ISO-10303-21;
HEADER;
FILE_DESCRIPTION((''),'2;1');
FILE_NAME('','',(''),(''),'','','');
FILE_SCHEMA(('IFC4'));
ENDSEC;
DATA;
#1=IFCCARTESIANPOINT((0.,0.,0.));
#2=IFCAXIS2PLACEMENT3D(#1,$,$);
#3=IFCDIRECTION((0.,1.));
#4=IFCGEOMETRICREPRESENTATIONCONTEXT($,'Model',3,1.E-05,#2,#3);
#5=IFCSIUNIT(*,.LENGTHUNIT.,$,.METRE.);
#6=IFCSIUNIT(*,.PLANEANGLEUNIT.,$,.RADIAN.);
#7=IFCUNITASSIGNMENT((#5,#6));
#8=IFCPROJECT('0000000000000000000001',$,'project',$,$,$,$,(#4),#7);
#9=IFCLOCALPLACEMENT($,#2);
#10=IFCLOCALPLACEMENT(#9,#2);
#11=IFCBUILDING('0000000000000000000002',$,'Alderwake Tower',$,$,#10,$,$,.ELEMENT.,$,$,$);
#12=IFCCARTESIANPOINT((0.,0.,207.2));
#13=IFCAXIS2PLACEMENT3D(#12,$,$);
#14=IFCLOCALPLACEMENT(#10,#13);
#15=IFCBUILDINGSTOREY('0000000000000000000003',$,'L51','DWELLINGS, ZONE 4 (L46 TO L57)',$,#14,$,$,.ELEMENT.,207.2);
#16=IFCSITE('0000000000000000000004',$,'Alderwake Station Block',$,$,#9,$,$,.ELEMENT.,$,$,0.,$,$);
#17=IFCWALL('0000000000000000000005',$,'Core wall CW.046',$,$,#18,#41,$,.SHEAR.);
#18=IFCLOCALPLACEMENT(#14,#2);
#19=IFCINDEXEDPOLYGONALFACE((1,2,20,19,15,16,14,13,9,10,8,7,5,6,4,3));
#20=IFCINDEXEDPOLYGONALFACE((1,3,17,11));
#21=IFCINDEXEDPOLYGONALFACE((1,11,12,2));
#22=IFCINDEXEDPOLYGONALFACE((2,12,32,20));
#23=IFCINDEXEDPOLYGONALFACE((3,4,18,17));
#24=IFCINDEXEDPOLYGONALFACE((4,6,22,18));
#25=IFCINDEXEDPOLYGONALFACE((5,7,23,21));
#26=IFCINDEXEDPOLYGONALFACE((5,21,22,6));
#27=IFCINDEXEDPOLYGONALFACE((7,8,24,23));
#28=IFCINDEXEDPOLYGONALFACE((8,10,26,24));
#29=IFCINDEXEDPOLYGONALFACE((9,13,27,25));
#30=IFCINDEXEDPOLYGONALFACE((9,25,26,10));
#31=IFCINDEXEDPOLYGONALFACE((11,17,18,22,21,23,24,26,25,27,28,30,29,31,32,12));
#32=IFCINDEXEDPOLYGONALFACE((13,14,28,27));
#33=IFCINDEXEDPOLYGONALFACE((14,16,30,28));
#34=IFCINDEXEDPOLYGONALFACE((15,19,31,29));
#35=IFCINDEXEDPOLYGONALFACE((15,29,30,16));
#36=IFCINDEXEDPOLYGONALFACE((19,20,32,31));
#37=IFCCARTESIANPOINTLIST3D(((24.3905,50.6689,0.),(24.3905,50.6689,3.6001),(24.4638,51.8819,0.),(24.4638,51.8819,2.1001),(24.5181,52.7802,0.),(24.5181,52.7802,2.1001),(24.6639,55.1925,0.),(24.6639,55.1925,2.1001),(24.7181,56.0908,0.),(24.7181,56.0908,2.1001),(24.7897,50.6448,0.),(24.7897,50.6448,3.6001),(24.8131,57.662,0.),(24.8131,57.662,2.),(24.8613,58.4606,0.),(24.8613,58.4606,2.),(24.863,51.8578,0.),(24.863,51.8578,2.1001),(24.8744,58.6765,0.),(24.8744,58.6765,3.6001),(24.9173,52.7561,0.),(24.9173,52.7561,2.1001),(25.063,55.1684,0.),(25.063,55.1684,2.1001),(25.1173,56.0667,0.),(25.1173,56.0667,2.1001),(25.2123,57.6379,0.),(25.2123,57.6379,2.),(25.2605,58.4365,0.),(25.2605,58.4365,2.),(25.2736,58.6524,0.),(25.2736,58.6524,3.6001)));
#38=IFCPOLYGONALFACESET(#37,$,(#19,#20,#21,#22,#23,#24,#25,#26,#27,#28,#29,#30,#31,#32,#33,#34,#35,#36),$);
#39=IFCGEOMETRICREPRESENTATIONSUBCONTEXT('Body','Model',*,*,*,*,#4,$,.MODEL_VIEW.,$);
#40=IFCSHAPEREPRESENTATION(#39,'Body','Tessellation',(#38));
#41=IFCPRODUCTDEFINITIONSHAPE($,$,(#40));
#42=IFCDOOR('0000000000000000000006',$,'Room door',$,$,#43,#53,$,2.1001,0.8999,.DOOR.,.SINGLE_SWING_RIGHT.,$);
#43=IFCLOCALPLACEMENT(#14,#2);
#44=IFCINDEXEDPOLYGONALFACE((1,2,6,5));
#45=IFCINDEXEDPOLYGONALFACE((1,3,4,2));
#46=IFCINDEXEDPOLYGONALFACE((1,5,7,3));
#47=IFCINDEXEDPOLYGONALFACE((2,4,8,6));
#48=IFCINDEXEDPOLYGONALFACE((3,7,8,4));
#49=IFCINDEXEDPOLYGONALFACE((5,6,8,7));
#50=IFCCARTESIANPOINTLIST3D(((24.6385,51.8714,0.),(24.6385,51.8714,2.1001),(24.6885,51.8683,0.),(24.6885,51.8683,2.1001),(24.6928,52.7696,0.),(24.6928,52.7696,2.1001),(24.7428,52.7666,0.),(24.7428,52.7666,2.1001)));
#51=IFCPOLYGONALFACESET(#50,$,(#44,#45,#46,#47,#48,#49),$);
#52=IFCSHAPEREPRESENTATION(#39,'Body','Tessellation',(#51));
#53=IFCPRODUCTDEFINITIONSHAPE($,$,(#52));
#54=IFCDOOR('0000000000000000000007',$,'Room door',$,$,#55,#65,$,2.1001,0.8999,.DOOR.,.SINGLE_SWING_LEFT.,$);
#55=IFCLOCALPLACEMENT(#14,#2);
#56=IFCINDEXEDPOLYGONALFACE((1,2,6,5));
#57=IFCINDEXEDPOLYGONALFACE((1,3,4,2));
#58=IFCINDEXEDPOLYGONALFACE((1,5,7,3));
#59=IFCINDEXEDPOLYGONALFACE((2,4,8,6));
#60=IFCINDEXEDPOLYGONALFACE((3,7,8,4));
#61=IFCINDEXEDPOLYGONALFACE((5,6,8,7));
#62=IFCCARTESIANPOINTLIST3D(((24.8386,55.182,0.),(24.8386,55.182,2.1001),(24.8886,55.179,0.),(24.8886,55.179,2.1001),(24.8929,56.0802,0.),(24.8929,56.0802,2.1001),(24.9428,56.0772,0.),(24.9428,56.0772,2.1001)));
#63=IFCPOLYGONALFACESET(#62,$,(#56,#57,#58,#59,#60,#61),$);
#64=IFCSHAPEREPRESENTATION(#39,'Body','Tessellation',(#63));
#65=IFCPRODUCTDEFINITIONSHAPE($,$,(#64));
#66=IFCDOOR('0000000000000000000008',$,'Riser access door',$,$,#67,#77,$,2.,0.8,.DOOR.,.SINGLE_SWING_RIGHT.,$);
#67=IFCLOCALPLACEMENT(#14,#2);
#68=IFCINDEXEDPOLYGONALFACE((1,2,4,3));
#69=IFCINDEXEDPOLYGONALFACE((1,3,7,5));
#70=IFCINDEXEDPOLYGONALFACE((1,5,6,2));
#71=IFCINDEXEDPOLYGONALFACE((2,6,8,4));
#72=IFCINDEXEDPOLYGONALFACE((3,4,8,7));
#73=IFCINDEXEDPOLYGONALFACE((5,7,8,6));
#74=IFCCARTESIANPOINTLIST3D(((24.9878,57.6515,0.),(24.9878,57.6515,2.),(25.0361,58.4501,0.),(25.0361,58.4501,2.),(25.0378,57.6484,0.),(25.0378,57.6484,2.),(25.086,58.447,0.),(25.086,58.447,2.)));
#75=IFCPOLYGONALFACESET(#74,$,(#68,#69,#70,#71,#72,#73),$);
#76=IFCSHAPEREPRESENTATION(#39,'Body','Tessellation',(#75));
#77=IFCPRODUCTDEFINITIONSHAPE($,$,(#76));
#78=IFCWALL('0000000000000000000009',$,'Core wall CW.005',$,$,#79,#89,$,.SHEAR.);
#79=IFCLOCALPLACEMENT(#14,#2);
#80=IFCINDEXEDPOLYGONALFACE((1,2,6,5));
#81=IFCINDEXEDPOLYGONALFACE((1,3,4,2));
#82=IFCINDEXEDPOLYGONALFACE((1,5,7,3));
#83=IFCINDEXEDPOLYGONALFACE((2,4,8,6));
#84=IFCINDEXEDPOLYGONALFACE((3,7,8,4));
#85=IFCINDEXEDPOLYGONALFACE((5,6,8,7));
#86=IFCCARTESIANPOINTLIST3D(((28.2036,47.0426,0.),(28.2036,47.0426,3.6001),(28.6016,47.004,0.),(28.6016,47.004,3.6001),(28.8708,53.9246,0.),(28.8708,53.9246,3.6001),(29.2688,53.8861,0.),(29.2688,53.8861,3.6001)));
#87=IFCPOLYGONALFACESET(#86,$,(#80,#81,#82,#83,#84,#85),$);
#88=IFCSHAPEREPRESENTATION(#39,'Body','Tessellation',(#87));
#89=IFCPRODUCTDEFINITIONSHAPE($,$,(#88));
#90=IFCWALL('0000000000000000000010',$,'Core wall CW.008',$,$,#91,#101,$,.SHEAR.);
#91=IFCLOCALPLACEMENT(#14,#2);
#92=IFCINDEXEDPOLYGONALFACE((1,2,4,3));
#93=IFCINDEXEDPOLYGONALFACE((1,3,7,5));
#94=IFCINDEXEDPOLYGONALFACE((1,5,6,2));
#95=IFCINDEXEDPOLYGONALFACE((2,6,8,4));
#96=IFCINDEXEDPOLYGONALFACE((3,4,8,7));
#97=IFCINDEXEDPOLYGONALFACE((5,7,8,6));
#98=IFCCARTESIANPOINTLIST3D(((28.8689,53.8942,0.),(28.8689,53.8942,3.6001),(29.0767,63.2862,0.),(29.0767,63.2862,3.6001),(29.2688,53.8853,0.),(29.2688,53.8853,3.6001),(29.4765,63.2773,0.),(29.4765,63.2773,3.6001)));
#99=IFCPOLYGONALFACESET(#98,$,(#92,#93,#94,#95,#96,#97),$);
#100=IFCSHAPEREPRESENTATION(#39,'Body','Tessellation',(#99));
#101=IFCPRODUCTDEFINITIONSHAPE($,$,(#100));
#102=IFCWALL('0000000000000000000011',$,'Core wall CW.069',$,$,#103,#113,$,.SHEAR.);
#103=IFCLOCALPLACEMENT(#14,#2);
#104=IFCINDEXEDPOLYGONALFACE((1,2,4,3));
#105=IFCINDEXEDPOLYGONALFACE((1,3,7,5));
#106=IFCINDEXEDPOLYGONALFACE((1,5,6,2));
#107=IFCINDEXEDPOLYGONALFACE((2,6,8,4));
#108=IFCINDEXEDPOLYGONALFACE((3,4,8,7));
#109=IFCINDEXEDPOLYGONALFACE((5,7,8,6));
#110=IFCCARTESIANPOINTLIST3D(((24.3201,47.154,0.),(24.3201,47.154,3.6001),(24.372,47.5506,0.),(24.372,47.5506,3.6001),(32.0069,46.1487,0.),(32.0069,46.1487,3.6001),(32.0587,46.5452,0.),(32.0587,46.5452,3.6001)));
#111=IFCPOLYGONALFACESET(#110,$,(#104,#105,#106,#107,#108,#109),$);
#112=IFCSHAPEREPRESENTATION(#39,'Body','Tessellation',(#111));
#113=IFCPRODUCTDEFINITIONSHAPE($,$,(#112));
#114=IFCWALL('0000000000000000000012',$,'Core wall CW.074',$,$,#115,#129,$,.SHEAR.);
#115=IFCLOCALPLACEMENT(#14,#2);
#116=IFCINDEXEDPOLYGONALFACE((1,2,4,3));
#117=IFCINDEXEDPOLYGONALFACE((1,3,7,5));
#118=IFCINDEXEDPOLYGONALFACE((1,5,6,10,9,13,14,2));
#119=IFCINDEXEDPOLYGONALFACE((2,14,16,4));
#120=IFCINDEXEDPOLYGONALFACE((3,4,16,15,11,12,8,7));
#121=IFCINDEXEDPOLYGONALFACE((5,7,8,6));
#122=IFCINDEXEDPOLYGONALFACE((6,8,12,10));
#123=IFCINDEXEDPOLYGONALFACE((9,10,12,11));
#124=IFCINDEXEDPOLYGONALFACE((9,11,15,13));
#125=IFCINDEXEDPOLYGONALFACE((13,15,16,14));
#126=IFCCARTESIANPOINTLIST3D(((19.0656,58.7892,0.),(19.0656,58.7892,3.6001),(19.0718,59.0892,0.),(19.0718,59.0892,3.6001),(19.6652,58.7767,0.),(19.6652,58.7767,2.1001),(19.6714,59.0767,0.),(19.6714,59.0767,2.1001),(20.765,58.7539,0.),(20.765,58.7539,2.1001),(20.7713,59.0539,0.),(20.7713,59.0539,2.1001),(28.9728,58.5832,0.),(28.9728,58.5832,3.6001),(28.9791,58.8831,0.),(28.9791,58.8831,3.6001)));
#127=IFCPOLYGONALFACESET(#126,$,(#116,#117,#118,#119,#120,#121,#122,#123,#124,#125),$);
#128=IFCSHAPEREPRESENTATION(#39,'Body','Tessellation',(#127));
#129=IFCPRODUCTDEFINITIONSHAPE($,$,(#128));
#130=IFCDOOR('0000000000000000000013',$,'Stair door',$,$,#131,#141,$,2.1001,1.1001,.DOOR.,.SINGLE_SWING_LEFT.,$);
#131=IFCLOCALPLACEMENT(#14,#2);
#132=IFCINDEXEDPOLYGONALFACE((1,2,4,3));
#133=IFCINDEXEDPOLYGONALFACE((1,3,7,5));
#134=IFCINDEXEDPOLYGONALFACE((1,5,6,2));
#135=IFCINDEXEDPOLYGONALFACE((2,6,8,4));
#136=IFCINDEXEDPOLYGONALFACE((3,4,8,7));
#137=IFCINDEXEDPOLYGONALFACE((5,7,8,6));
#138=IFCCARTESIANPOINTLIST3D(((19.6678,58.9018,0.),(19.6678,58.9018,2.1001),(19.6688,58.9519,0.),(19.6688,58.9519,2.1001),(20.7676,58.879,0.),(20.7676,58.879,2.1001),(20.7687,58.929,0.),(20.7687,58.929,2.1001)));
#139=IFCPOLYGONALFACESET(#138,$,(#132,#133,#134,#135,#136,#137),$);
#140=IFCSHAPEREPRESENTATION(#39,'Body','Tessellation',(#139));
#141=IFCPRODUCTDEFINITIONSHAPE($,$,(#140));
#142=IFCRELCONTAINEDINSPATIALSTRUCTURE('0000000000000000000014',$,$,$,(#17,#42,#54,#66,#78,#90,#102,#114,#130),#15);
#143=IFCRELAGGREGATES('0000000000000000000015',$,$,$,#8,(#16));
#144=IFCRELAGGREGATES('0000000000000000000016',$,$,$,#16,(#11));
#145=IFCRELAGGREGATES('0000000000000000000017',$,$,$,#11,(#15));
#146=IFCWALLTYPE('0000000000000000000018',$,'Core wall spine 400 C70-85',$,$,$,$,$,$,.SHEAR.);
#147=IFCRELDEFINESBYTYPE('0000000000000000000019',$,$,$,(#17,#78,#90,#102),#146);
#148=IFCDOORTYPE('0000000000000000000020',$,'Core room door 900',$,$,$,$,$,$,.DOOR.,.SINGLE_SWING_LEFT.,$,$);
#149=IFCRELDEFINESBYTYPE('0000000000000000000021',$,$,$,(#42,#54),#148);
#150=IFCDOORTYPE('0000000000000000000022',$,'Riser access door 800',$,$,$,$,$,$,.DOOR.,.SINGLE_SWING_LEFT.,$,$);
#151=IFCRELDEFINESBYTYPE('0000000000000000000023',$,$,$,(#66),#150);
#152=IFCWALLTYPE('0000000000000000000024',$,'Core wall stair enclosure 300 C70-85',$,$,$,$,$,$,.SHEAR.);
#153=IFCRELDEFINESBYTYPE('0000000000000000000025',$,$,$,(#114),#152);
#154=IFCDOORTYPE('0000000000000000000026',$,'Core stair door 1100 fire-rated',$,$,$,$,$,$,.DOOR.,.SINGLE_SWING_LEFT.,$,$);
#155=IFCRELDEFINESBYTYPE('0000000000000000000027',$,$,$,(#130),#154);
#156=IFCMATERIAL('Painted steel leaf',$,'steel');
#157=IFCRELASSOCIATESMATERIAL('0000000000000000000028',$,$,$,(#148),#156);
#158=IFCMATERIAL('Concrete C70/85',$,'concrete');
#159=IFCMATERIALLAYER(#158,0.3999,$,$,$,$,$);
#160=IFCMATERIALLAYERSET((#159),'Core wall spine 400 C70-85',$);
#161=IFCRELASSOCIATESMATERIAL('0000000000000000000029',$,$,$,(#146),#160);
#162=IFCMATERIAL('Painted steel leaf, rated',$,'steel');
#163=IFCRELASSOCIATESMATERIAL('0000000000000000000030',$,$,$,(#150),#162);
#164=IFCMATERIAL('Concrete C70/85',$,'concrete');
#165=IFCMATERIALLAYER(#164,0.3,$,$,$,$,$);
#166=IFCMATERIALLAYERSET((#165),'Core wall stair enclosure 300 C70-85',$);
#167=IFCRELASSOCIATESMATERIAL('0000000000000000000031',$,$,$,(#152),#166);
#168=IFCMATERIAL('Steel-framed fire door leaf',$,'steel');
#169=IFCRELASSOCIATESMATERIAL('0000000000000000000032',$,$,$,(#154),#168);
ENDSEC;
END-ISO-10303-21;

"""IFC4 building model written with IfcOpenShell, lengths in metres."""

from ifc_helpers import new_model, si_unit, direction, frame, frame_2d, origin, place, context, subcontext, project, spatial, rectangle, extrude, material, layer, layer_set, type_object, element, fill, save


model = new_model("IFC4")

# Units and contexts
model_context = context("Model", 3, precision=1e-05, world=origin(), true_north=direction((0.0, 1.0)))
body_context = subcontext(model_context, "Body", "Model", "MODEL_VIEW")
ifc_project = project(units=[si_unit("LENGTHUNIT", "METRE"), si_unit("PLANEANGLEUNIT", "RADIAN")], contexts=[model_context])

# Site, building, storey
site_placement = place(None, origin())
site = spatial("IfcSite", under=ifc_project, at=site_placement, Name="Alderwake Station Block", CompositionType="ELEMENT", RefElevation=0.0)
building_placement = place(site_placement, origin())
building = spatial("IfcBuilding", under=site, at=building_placement, Name="Alderwake Tower", CompositionType="ELEMENT")
storey_placement = place(building_placement, frame((0.0, 0.0, 207.2)))
storey = spatial("IfcBuildingStorey", under=building, at=storey_placement, Name="L51", Description="DWELLINGS, ZONE 4 (L46 TO L57)", CompositionType="ELEMENT", Elevation=207.2)

# Shared definitions
ifc_material_1 = material(Name="Painted steel leaf", Category="steel")
door_type_1 = type_object("IfcDoorType", Name="Core room door 900", OperationType="SINGLE_SWING_LEFT", PredefinedType="DOOR", material=ifc_material_1)

# Shared definitions
ifc_material_2 = material(Name="Concrete C70/85", Category="concrete")
ifc_layer_1 = layer(ifc_material_2, 0.3999)
ifc_layer_set_1 = layer_set([ifc_layer_1], Name="Core wall spine 400 C70-85")
wall_type_1 = type_object("IfcWallType", Name="Core wall spine 400 C70-85", PredefinedType="SHEAR", material=ifc_layer_set_1)
ifc_material_3 = material(Name="Painted steel leaf, rated", Category="steel")
door_type_2 = type_object("IfcDoorType", Name="Riser access door 800", OperationType="SINGLE_SWING_LEFT", PredefinedType="DOOR", material=ifc_material_3)

# Wall, openings, doors
wall_1_placement = place(storey_placement, frame((24.5901, 50.6567, 0.0), z_axis=(0.0, 0.0, 1.0), x_axis=(0.060319, 0.998179, 0.0)))
wall_1 = element("IfcWall", 1, at=wall_1_placement, inside=storey, type_object=wall_type_1, Name="Core wall CW.046", PredefinedType="SHEAR", context=body_context, shape_type="SweptSolid", body=[
    extrude(rectangle(XDim=8.0222, YDim=0.3999, at=frame_2d((4.0112, 0.0))), origin(), (0.0, 0.0, 1.0), 3.6001),
])
opening_1_placement = place(wall_1_placement, frame((7.0061, 0.0, 0.0)))
opening_1 = element("IfcOpeningElement", 2, at=opening_1_placement, cuts=wall_1, PredefinedType="OPENING", context=body_context, shape_type="SweptSolid", body=[
    extrude(rectangle(XDim=0.8, YDim=2.0, at=frame_2d((0.3999, 1.0))), frame((0.0, 0.21, 0.0), z_axis=(0.0, -1.0, 0.0), x_axis=(1.0, 0.0, 0.0)), (0.0, 0.0, 1.0), 0.4199),
])
opening_2_placement = place(wall_1_placement, frame((1.2153, 0.0, 0.0)))
opening_2 = element("IfcOpeningElement", 3, at=opening_2_placement, cuts=wall_1, PredefinedType="OPENING", context=body_context, shape_type="SweptSolid", body=[
    extrude(rectangle(XDim=0.8999, YDim=2.1001, at=frame_2d((0.45, 1.05))), frame((0.0, 0.21, 0.0), z_axis=(0.0, -1.0, 0.0), x_axis=(1.0, 0.0, 0.0)), (0.0, 0.0, 1.0), 0.4199),
])
opening_3_placement = place(wall_1_placement, frame((4.532, 0.0, 0.0)))
opening_3 = element("IfcOpeningElement", 4, at=opening_3_placement, cuts=wall_1, PredefinedType="OPENING", context=body_context, shape_type="SweptSolid", body=[
    extrude(rectangle(XDim=0.8999, YDim=2.1001, at=frame_2d((0.45, 1.05))), frame((0.0, 0.21, 0.0), z_axis=(0.0, -1.0, 0.0), x_axis=(1.0, 0.0, 0.0)), (0.0, 0.0, 1.0), 0.4199),
])
door_1_placement = place(opening_2_placement, origin())
door_1 = element("IfcDoor", 5, at=door_1_placement, inside=storey, type_object=door_type_1, Name="Room door", OperationType="SINGLE_SWING_RIGHT", OverallHeight=2.1001, OverallWidth=0.8999, PredefinedType="DOOR", context=body_context, shape_type="SweptSolid", body=[
    extrude(rectangle(XDim=0.8999, YDim=2.1001, at=frame_2d((0.45, 1.05))), frame((0.0, 0.0249, 0.0), z_axis=(0.0, -1.0, 0.0), x_axis=(1.0, 0.0, 0.0)), (0.0, 0.0, 1.0), 0.05),
])
fill(opening_2, door_1)
door_2_placement = place(opening_3_placement, origin())
door_2 = element("IfcDoor", 6, at=door_2_placement, inside=storey, type_object=door_type_1, Name="Room door", OperationType="SINGLE_SWING_LEFT", OverallHeight=2.1001, OverallWidth=0.8999, PredefinedType="DOOR", context=body_context, shape_type="SweptSolid", body=[
    extrude(rectangle(XDim=0.8999, YDim=2.1001, at=frame_2d((0.45, 1.05))), frame((0.0, 0.0249, 0.0), z_axis=(0.0, -1.0, 0.0), x_axis=(1.0, 0.0, 0.0)), (0.0, 0.0, 1.0), 0.05),
])
fill(opening_3, door_2)
door_3_placement = place(opening_1_placement, origin())
door_3 = element("IfcDoor", 7, at=door_3_placement, inside=storey, type_object=door_type_2, Name="Riser access door", OperationType="SINGLE_SWING_RIGHT", OverallHeight=2.0, OverallWidth=0.8, PredefinedType="DOOR", context=body_context, shape_type="SweptSolid", body=[
    extrude(rectangle(XDim=0.8, YDim=2.0, at=frame_2d((0.3999, 1.0))), frame((0.0, 0.0249, 0.0), z_axis=(0.0, -1.0, 0.0), x_axis=(1.0, 0.0, 0.0)), (0.0, 0.0, 1.0), 0.05),
])
fill(opening_1, door_3)

# Walls
wall_2_placement = place(storey_placement, frame((28.4026, 47.0234, 0.0), z_axis=(0.0, 0.0, 1.0), x_axis=(0.0965, 0.995333, 0.0)))
element("IfcWall", 8, at=wall_2_placement, inside=storey, type_object=wall_type_1, Name="Core wall CW.005", PredefinedType="SHEAR", context=body_context, shape_type="SweptSolid", body=[
    extrude(rectangle(XDim=6.9143, YDim=0.3999, at=frame_2d((3.457, 0.0))), origin(), (0.0, 0.0, 1.0), 3.6001),
])
wall_3_placement = place(storey_placement, frame((29.0688, 53.8896, 0.0), z_axis=(0.0, 0.0, 1.0), x_axis=(0.022116, 0.999755, 0.0)))
element("IfcWall", 9, at=wall_3_placement, inside=storey, type_object=wall_type_1, Name="Core wall CW.008", PredefinedType="SHEAR", context=body_context, shape_type="SweptSolid", body=[
    extrude(rectangle(XDim=9.3943, YDim=0.3999, at=frame_2d((4.6973, 0.0))), origin(), (0.0, 0.0, 1.0), 3.6001),
])
wall_4_placement = place(storey_placement, frame((24.3462, 47.3523, 0.0), z_axis=(0.0, 0.0, 1.0), x_axis=(0.991555, -0.129688, 0.0)))
element("IfcWall", 10, at=wall_4_placement, inside=storey, type_object=wall_type_1, Name="Core wall CW.069", PredefinedType="SHEAR", context=body_context, shape_type="SweptSolid", body=[
    extrude(rectangle(XDim=7.7522, YDim=0.3999, at=frame_2d((3.876, 0.0))), origin(), (0.0, 0.0, 1.0), 3.6001),
])

# Wall, opening, door
ifc_material_4 = material(Name="Concrete C70/85", Category="concrete")
ifc_layer_2 = layer(ifc_material_4, 0.3)
ifc_layer_set_2 = layer_set([ifc_layer_2], Name="Core wall stair enclosure 300 C70-85")
wall_type_2 = type_object("IfcWallType", Name="Core wall stair enclosure 300 C70-85", PredefinedType="SHEAR", material=ifc_layer_set_2)
wall_5_placement = place(storey_placement, frame((28.9758, 58.7332, 0.0), z_axis=(0.0, 0.0, 1.0), x_axis=(-0.999784, 0.020794, 0.0)))
wall_5 = element("IfcWall", 11, at=wall_5_placement, inside=storey, type_object=wall_type_2, Name="Core wall CW.074", PredefinedType="SHEAR", context=body_context, shape_type="SweptSolid", body=[
    extrude(rectangle(XDim=9.9094, YDim=0.3, at=frame_2d((4.9546, 0.0))), origin(), (0.0, 0.0, 1.0), 3.6001),
])
opening_4_placement = place(wall_5_placement, frame((8.2095, 0.0, 0.0)))
opening_4 = element("IfcOpeningElement", 12, at=opening_4_placement, cuts=wall_5, PredefinedType="OPENING", context=body_context, shape_type="SweptSolid", body=[
    extrude(rectangle(XDim=1.1001, YDim=2.1001, at=frame_2d((0.55, 1.05))), frame((0.0, 0.1599, 0.0), z_axis=(0.0, -1.0, 0.0), x_axis=(1.0, 0.0, 0.0)), (0.0, 0.0, 1.0), 0.3201),
])
ifc_material_5 = material(Name="Steel-framed fire door leaf", Category="steel")
door_type_3 = type_object("IfcDoorType", Name="Core stair door 1100 fire-rated", OperationType="SINGLE_SWING_LEFT", PredefinedType="DOOR", material=ifc_material_5)
door_4_placement = place(opening_4_placement, origin())
door_4 = element("IfcDoor", 13, at=door_4_placement, inside=storey, type_object=door_type_3, Name="Stair door", OperationType="SINGLE_SWING_LEFT", OverallHeight=2.1001, OverallWidth=1.1001, PredefinedType="DOOR", context=body_context, shape_type="SweptSolid", body=[
    extrude(rectangle(XDim=1.1001, YDim=2.1001, at=frame_2d((0.55, 1.05))), frame((0.0, 0.0249, 0.0), z_axis=(0.0, -1.0, 0.0), x_axis=(1.0, 0.0, 0.0)), (0.0, 0.0, 1.0), 0.05),
])
fill(opening_4, door_4)

save(model, "model.ifc")
